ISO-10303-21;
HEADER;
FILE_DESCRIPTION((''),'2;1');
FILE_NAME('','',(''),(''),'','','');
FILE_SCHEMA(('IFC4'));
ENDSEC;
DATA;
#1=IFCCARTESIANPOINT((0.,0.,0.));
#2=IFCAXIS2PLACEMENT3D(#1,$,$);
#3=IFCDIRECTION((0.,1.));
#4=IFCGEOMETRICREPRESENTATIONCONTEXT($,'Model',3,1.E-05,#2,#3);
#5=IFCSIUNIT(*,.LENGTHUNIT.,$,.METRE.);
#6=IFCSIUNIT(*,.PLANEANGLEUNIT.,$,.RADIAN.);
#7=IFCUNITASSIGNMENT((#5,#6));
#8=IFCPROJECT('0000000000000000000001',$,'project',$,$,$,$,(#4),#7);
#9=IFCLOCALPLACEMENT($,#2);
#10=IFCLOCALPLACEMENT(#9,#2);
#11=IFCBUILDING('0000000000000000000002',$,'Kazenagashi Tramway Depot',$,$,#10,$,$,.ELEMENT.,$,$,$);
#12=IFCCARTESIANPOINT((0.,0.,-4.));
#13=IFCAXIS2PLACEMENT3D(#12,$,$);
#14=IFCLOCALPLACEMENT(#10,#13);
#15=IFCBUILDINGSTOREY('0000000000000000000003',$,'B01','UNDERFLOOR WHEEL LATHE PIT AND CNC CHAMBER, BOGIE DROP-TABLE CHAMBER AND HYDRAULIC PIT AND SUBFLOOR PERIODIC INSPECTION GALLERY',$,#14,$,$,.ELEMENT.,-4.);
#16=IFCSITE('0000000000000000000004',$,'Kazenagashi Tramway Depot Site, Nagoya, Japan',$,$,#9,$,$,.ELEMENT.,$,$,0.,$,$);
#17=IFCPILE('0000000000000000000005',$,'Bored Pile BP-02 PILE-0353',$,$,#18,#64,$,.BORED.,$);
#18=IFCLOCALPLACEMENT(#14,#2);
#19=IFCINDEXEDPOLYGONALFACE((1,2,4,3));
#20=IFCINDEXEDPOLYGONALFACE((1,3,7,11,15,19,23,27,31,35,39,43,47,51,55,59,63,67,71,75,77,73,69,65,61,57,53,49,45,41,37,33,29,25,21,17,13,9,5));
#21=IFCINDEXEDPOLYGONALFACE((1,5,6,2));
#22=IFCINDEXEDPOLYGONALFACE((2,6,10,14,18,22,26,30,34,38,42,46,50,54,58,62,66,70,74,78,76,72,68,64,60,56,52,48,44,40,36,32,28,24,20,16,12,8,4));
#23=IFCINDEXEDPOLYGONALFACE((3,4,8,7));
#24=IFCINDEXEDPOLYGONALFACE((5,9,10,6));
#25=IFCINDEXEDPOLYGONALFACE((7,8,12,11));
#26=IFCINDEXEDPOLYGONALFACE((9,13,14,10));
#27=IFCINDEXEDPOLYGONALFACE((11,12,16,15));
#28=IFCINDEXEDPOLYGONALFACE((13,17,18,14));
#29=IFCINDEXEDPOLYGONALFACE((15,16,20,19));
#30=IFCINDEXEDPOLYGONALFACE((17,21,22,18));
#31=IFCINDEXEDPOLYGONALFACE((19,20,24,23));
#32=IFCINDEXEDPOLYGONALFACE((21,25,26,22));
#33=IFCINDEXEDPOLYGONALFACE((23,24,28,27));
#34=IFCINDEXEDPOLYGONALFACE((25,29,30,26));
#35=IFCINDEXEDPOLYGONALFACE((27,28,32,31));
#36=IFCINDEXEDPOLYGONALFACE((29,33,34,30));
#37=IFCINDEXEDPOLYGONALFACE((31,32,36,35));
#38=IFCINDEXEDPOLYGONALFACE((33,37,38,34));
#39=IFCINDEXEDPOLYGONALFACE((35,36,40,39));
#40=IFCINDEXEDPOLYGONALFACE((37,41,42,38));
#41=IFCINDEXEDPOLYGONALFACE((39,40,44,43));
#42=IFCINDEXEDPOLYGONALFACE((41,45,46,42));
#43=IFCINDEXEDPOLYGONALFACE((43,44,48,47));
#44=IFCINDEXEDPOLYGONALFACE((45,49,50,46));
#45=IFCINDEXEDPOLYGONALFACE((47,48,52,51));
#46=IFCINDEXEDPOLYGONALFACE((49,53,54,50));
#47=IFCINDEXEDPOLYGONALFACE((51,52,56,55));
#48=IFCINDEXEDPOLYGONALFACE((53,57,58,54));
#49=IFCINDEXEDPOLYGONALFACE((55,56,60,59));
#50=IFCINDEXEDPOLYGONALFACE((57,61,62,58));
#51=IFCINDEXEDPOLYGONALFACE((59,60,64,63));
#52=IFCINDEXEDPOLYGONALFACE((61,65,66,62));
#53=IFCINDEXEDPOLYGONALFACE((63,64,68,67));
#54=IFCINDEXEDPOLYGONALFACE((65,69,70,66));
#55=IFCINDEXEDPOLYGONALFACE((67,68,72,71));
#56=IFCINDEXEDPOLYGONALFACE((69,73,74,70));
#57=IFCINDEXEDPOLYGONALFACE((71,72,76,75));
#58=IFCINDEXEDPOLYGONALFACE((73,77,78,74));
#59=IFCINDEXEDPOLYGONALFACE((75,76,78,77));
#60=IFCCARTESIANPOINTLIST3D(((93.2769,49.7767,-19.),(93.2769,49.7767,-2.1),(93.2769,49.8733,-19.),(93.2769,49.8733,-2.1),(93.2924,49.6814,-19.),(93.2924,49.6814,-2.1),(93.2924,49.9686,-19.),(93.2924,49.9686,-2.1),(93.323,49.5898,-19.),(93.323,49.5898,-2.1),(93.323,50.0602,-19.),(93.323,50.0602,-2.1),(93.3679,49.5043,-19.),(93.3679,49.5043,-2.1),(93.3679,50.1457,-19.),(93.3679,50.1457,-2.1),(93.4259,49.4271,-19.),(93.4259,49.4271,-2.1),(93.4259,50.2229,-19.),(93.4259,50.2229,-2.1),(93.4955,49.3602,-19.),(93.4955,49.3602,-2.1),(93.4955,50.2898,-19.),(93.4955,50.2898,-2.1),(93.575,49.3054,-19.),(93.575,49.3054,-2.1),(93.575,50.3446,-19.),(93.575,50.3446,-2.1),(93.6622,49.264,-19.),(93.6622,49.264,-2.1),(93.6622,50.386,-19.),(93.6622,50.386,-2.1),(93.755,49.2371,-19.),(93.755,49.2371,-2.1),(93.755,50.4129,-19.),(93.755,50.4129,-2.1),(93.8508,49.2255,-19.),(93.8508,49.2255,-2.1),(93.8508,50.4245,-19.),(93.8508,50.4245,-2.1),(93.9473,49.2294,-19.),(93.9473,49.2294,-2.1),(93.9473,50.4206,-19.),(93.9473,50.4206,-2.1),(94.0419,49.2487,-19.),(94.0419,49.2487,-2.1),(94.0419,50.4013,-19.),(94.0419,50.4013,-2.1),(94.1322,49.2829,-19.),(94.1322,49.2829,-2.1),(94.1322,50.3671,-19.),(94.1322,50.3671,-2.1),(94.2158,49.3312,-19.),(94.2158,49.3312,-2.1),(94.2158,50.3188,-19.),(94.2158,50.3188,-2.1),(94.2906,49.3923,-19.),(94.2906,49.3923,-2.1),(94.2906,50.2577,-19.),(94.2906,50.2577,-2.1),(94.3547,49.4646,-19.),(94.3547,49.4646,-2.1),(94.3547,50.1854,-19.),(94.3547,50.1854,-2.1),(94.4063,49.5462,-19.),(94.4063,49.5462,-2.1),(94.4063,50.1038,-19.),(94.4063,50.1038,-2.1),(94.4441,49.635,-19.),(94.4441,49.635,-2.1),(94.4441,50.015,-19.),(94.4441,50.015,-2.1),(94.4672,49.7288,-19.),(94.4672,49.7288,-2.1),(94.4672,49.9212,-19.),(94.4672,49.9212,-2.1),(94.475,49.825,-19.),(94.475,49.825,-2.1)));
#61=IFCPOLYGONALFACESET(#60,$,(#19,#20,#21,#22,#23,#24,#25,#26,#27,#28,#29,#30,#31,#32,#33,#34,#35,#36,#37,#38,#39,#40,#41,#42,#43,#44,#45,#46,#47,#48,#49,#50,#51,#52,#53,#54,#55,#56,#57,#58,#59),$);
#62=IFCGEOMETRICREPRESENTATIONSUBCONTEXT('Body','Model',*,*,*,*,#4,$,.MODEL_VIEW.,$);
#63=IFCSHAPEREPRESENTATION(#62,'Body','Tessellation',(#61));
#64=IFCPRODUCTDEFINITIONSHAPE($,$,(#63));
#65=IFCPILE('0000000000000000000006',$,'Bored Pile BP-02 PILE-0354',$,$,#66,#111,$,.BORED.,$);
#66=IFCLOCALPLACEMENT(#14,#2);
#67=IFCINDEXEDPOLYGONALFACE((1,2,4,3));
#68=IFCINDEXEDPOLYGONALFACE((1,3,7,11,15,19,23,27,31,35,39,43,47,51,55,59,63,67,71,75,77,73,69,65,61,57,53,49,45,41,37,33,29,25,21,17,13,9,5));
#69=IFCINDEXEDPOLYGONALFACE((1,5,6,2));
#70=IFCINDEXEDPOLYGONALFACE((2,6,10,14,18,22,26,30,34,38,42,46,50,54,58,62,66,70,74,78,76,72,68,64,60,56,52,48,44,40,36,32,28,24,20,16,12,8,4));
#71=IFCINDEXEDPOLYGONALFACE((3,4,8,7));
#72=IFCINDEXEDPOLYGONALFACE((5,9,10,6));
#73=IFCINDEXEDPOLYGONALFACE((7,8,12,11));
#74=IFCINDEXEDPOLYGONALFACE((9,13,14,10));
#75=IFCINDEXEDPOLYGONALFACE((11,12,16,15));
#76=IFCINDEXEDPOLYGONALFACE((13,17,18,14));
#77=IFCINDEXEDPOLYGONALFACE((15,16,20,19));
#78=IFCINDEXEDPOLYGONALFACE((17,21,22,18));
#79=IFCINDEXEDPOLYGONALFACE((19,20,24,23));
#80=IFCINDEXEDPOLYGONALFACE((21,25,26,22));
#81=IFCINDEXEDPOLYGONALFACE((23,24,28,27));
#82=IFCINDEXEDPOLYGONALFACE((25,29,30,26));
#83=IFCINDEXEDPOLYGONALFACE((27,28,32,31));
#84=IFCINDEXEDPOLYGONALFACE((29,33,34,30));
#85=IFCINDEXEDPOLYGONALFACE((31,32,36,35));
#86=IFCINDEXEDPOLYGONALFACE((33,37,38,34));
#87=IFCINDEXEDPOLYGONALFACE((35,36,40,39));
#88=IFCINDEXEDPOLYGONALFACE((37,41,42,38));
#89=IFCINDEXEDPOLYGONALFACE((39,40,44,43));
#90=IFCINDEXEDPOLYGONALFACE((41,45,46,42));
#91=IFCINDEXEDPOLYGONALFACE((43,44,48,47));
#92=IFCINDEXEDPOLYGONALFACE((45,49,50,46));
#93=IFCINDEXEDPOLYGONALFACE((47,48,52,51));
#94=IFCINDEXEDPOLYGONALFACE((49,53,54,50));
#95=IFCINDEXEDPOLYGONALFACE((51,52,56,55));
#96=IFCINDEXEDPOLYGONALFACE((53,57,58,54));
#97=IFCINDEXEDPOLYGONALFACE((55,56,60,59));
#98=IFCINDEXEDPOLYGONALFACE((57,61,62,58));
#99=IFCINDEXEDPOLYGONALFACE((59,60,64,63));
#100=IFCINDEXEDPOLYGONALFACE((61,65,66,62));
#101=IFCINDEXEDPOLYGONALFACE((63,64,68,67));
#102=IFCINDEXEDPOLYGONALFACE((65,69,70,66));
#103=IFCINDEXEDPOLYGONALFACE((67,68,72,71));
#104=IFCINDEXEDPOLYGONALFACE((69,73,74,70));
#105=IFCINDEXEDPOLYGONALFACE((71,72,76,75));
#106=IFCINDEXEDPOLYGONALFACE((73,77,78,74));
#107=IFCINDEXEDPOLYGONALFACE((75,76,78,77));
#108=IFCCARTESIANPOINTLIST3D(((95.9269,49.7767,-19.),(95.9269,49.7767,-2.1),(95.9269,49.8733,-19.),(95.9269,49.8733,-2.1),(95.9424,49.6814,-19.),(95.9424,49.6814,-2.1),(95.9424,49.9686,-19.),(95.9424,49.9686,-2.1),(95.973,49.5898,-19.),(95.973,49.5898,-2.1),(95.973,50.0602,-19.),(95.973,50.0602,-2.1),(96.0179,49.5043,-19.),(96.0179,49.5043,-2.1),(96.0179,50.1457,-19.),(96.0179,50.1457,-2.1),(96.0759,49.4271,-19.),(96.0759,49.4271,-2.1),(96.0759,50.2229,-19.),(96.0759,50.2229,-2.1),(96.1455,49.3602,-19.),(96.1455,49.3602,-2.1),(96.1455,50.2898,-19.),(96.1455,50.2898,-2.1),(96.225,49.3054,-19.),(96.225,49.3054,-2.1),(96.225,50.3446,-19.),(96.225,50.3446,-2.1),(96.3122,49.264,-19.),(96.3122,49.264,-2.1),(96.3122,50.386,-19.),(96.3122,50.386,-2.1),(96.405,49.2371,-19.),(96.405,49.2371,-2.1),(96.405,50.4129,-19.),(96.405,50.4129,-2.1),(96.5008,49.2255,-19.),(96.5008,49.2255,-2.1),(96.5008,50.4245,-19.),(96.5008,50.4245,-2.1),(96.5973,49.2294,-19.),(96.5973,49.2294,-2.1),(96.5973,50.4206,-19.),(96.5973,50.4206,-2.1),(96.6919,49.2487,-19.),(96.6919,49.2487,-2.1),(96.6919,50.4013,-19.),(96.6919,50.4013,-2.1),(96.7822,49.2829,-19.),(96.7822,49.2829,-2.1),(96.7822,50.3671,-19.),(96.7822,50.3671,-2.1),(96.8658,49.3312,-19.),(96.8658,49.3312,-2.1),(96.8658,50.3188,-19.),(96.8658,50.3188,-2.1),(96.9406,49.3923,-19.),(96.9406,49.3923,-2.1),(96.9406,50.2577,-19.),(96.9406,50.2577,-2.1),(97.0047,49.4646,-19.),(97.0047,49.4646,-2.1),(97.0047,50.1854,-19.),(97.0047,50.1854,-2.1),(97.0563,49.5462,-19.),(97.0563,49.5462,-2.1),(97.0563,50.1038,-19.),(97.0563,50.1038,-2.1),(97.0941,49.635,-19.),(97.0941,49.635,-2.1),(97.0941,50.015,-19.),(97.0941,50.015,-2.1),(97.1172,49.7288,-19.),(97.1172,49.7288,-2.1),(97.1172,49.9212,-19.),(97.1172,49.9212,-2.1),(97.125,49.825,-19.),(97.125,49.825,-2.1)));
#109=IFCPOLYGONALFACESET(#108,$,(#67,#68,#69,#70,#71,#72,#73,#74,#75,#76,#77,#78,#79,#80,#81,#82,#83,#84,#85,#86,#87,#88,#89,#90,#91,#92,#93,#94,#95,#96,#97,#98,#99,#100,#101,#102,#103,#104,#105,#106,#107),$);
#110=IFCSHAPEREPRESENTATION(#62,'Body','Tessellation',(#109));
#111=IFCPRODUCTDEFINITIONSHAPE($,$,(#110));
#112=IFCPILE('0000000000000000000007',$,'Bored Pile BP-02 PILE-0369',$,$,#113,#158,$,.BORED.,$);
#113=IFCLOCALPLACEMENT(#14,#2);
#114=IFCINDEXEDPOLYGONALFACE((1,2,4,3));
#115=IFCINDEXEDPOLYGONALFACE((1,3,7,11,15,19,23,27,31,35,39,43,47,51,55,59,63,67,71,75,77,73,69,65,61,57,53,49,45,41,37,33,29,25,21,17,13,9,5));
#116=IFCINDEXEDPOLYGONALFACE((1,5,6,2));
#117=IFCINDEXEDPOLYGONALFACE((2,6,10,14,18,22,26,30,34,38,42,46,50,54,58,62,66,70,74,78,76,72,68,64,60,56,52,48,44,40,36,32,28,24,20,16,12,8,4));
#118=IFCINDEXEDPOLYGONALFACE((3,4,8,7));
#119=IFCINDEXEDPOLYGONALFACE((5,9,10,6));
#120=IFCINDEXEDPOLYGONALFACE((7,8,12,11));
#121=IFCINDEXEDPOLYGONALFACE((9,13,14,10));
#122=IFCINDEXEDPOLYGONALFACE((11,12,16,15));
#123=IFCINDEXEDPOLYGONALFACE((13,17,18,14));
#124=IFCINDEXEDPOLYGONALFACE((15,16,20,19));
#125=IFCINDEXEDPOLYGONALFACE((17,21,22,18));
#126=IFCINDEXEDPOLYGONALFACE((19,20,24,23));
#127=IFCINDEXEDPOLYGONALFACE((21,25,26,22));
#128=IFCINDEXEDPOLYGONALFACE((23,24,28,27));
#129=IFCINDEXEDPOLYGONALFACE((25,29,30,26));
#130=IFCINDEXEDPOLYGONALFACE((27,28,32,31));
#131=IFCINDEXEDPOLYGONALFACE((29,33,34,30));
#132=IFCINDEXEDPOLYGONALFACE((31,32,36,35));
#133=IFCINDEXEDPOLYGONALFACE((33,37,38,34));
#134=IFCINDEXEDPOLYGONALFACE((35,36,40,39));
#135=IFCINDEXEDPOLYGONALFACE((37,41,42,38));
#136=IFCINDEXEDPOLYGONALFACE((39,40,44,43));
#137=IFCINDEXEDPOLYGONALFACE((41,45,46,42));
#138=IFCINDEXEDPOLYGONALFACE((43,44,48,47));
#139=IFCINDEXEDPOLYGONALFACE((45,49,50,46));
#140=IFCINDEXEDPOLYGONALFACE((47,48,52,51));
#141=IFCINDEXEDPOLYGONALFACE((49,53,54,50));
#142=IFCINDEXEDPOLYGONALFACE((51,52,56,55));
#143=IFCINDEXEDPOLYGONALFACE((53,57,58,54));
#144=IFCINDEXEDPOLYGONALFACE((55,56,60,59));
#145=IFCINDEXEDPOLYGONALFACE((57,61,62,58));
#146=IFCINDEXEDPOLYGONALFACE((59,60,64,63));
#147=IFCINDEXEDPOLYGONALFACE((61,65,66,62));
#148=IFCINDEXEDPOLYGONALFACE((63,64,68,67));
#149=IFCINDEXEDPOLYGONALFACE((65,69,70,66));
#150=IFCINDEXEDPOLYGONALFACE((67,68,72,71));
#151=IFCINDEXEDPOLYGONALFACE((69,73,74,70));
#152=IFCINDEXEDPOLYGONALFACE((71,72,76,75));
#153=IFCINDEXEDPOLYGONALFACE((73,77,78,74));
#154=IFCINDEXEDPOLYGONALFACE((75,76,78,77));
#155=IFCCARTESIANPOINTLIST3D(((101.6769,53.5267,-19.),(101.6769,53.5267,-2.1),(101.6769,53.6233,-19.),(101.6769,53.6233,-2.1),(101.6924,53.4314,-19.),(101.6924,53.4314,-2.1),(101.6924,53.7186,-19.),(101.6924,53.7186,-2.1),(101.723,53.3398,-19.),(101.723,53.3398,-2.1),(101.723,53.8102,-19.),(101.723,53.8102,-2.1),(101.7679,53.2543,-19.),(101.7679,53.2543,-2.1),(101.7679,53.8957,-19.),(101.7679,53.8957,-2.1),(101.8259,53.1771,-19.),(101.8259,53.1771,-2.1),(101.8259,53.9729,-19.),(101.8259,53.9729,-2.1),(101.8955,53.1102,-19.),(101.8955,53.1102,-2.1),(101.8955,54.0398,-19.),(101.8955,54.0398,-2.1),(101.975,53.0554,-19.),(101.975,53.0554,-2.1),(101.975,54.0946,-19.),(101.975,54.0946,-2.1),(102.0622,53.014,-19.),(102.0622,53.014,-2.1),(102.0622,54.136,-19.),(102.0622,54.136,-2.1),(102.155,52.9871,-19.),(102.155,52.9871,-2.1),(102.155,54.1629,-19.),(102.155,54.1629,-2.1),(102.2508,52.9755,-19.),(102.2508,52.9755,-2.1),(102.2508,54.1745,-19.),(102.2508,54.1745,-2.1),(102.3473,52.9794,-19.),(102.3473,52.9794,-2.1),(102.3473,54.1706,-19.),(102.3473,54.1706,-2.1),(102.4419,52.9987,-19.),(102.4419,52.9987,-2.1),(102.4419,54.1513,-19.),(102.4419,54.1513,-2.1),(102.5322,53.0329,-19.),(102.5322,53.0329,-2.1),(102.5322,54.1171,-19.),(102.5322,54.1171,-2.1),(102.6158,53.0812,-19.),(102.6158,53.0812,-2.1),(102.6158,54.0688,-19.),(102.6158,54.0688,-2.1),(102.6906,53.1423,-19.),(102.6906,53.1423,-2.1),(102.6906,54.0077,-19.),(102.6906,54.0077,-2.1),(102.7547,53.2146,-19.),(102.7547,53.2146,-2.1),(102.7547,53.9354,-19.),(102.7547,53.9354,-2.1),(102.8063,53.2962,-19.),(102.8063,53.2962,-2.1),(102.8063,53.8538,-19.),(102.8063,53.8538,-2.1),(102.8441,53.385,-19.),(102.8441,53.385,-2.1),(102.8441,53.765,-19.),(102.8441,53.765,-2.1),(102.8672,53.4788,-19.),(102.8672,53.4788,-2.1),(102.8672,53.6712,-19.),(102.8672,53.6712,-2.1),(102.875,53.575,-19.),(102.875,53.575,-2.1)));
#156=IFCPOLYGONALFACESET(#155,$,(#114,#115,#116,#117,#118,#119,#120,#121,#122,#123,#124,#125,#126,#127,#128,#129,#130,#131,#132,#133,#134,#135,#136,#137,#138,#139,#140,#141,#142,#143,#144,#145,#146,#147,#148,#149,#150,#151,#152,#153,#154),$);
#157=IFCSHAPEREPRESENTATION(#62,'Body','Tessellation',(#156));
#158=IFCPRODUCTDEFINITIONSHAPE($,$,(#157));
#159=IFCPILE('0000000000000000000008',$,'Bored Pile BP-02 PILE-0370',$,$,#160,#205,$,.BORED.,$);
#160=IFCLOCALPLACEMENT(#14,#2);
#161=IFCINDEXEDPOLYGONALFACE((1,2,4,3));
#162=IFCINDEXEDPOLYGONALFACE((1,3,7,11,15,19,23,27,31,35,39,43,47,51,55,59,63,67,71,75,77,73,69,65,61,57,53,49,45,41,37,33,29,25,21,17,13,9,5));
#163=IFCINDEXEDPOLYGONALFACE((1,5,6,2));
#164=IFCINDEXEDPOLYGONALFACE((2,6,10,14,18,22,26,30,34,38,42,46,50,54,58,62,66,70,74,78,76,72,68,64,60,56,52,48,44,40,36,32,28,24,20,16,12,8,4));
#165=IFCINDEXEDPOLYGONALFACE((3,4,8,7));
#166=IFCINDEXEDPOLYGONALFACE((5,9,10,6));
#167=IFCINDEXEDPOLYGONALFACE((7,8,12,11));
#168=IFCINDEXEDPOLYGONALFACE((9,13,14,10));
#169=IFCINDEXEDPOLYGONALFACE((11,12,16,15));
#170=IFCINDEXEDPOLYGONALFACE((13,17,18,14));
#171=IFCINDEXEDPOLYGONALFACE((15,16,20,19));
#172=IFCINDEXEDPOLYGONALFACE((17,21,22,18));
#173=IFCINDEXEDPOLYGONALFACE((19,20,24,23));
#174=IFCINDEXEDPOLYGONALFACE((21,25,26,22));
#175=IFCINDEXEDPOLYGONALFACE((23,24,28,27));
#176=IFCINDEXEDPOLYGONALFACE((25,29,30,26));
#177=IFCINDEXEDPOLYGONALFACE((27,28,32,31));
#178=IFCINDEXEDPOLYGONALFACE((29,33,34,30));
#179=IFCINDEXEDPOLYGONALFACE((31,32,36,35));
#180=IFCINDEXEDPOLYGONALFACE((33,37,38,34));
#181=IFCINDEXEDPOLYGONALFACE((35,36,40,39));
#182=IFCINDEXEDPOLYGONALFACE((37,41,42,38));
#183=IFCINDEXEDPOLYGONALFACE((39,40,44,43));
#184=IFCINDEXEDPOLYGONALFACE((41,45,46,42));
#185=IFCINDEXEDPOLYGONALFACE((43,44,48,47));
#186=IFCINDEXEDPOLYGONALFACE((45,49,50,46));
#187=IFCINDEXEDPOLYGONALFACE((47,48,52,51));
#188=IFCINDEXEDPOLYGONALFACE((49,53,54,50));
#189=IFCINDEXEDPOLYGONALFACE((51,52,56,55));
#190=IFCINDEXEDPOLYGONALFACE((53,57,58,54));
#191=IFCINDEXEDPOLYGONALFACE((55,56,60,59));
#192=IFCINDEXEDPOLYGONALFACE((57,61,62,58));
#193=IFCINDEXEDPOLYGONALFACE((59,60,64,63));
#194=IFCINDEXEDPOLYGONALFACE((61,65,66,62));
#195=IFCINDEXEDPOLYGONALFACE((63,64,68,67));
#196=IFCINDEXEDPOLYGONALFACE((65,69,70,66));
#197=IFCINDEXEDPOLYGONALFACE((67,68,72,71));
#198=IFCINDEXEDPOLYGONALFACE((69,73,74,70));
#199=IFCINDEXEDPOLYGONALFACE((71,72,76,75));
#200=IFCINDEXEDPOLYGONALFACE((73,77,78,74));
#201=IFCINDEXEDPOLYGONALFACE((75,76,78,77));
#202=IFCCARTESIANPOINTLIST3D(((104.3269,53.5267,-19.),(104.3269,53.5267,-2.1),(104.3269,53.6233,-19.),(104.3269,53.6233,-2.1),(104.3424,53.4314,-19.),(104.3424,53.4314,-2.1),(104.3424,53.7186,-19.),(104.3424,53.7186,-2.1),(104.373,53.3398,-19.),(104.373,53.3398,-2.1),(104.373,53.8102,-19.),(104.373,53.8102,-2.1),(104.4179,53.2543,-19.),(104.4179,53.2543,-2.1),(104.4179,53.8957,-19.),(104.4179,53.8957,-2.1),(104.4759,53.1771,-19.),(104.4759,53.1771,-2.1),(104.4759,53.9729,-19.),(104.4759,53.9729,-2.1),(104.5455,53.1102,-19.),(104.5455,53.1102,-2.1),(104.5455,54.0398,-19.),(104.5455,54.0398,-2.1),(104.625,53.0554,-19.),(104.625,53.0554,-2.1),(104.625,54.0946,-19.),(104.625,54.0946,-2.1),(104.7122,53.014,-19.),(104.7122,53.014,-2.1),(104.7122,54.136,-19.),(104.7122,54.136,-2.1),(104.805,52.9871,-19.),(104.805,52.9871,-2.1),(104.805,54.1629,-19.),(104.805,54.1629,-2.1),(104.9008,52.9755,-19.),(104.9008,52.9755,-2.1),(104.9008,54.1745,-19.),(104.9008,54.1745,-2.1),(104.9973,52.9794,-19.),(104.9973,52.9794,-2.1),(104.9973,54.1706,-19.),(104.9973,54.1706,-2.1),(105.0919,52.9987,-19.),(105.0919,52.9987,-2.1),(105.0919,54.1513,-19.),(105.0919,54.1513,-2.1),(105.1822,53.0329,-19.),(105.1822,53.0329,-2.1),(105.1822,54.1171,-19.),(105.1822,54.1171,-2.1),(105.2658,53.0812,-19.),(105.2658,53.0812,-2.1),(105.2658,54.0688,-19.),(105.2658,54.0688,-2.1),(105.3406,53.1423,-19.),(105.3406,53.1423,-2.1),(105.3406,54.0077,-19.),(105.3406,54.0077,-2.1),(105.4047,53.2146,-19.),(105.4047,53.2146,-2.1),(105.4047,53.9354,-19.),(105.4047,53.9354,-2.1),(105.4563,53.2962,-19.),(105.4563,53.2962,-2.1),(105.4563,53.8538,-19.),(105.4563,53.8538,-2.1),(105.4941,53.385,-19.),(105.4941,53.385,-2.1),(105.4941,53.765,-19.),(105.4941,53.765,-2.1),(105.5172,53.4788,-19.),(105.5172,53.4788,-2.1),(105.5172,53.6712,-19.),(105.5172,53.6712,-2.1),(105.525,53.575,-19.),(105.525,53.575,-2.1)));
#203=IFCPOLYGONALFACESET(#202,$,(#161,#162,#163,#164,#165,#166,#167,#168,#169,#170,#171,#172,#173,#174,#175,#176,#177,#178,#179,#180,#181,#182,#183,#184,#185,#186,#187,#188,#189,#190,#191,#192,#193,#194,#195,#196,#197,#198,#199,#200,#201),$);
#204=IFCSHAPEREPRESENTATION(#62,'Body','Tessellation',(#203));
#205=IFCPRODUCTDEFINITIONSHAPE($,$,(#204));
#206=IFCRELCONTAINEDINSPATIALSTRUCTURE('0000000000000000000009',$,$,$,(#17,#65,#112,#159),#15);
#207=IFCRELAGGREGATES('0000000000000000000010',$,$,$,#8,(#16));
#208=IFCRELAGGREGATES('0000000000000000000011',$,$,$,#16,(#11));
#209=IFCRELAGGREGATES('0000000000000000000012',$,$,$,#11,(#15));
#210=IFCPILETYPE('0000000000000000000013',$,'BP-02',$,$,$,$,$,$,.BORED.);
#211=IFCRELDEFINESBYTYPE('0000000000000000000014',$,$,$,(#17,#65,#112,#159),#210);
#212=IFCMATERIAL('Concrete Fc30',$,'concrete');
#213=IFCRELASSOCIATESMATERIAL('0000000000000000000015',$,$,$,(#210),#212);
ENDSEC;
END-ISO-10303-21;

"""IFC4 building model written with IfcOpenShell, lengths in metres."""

from ifc_helpers import new_model, si_unit, direction, frame, origin, origin_2d, place, context, subcontext, project, spatial, circle, extrude, material, material_profile, profile_set, type_object, element, save


model = new_model("IFC4")

# Units and contexts
model_context = context("Model", 3, precision=1e-05, world=origin(), true_north=direction((0.0, 1.0)))
body_context = subcontext(model_context, "Body", "Model", "MODEL_VIEW")
ifc_project = project(units=[si_unit("LENGTHUNIT", "METRE"), si_unit("PLANEANGLEUNIT", "RADIAN")], contexts=[model_context])

# Site, building, storey
site_placement = place(None, origin())
site = spatial("IfcSite", under=ifc_project, at=site_placement, Name="Kazenagashi Tramway Depot Site, Nagoya, Japan", CompositionType="ELEMENT", RefElevation=0.0)
building_placement = place(site_placement, origin())
building = spatial("IfcBuilding", under=site, at=building_placement, Name="Kazenagashi Tramway Depot", CompositionType="ELEMENT")
storey_placement = place(building_placement, frame((0.0, 0.0, -4.0)))
storey = spatial("IfcBuildingStorey", under=building, at=storey_placement, Name="B01", Description="UNDERFLOOR WHEEL LATHE PIT AND CNC CHAMBER, BOGIE DROP-TABLE CHAMBER AND HYDRAULIC PIT AND SUBFLOOR PERIODIC INSPECTION GALLERY", CompositionType="ELEMENT", Elevation=-4.0)

# Piles
ifc_material_1 = material(Name="Concrete Fc30", Category="concrete")
ifc_material_profile_1 = material_profile(ifc_material_1, circle(Radius=0.6, at=origin_2d()), Name="PILE-1200")
ifc_profile_set_1 = profile_set([ifc_material_profile_1], Name="Concrete Fc30")
pile_type = type_object("IfcPileType", Name="BP-02", PredefinedType="BORED", material=ifc_profile_set_1)
for number, where, z_axis, x_axis, name in (
    (1, (93.875, 49.825, -2.1), (0.0, 0.0, -1.0), (1.0, 0.0, 0.0), "Bored Pile BP-02 PILE-0353"),
    (2, (96.525, 49.825, -2.1), (0.0, 0.0, -1.0), (1.0, 0.0, 0.0), "Bored Pile BP-02 PILE-0354"),
    (3, (102.275, 53.575, -2.1), (0.0, 0.0, -1.0), (1.0, 0.0, 0.0), "Bored Pile BP-02 PILE-0369"),
    (4, (104.925, 53.575, -2.1), (0.0, 0.0, -1.0), (1.0, 0.0, 0.0), "Bored Pile BP-02 PILE-0370"),
):
    element("IfcPile", number, at=place(storey_placement, frame(where, z_axis=z_axis, x_axis=x_axis)), inside=storey, type_object=pile_type, Name=name, PredefinedType="BORED", context=body_context, shape_type="SweptSolid", body=[
        extrude(circle(Radius=0.6, at=origin_2d()), origin(), (0.0, 0.0, 1.0), 16.9),
    ])

save(model, "model.ifc")
